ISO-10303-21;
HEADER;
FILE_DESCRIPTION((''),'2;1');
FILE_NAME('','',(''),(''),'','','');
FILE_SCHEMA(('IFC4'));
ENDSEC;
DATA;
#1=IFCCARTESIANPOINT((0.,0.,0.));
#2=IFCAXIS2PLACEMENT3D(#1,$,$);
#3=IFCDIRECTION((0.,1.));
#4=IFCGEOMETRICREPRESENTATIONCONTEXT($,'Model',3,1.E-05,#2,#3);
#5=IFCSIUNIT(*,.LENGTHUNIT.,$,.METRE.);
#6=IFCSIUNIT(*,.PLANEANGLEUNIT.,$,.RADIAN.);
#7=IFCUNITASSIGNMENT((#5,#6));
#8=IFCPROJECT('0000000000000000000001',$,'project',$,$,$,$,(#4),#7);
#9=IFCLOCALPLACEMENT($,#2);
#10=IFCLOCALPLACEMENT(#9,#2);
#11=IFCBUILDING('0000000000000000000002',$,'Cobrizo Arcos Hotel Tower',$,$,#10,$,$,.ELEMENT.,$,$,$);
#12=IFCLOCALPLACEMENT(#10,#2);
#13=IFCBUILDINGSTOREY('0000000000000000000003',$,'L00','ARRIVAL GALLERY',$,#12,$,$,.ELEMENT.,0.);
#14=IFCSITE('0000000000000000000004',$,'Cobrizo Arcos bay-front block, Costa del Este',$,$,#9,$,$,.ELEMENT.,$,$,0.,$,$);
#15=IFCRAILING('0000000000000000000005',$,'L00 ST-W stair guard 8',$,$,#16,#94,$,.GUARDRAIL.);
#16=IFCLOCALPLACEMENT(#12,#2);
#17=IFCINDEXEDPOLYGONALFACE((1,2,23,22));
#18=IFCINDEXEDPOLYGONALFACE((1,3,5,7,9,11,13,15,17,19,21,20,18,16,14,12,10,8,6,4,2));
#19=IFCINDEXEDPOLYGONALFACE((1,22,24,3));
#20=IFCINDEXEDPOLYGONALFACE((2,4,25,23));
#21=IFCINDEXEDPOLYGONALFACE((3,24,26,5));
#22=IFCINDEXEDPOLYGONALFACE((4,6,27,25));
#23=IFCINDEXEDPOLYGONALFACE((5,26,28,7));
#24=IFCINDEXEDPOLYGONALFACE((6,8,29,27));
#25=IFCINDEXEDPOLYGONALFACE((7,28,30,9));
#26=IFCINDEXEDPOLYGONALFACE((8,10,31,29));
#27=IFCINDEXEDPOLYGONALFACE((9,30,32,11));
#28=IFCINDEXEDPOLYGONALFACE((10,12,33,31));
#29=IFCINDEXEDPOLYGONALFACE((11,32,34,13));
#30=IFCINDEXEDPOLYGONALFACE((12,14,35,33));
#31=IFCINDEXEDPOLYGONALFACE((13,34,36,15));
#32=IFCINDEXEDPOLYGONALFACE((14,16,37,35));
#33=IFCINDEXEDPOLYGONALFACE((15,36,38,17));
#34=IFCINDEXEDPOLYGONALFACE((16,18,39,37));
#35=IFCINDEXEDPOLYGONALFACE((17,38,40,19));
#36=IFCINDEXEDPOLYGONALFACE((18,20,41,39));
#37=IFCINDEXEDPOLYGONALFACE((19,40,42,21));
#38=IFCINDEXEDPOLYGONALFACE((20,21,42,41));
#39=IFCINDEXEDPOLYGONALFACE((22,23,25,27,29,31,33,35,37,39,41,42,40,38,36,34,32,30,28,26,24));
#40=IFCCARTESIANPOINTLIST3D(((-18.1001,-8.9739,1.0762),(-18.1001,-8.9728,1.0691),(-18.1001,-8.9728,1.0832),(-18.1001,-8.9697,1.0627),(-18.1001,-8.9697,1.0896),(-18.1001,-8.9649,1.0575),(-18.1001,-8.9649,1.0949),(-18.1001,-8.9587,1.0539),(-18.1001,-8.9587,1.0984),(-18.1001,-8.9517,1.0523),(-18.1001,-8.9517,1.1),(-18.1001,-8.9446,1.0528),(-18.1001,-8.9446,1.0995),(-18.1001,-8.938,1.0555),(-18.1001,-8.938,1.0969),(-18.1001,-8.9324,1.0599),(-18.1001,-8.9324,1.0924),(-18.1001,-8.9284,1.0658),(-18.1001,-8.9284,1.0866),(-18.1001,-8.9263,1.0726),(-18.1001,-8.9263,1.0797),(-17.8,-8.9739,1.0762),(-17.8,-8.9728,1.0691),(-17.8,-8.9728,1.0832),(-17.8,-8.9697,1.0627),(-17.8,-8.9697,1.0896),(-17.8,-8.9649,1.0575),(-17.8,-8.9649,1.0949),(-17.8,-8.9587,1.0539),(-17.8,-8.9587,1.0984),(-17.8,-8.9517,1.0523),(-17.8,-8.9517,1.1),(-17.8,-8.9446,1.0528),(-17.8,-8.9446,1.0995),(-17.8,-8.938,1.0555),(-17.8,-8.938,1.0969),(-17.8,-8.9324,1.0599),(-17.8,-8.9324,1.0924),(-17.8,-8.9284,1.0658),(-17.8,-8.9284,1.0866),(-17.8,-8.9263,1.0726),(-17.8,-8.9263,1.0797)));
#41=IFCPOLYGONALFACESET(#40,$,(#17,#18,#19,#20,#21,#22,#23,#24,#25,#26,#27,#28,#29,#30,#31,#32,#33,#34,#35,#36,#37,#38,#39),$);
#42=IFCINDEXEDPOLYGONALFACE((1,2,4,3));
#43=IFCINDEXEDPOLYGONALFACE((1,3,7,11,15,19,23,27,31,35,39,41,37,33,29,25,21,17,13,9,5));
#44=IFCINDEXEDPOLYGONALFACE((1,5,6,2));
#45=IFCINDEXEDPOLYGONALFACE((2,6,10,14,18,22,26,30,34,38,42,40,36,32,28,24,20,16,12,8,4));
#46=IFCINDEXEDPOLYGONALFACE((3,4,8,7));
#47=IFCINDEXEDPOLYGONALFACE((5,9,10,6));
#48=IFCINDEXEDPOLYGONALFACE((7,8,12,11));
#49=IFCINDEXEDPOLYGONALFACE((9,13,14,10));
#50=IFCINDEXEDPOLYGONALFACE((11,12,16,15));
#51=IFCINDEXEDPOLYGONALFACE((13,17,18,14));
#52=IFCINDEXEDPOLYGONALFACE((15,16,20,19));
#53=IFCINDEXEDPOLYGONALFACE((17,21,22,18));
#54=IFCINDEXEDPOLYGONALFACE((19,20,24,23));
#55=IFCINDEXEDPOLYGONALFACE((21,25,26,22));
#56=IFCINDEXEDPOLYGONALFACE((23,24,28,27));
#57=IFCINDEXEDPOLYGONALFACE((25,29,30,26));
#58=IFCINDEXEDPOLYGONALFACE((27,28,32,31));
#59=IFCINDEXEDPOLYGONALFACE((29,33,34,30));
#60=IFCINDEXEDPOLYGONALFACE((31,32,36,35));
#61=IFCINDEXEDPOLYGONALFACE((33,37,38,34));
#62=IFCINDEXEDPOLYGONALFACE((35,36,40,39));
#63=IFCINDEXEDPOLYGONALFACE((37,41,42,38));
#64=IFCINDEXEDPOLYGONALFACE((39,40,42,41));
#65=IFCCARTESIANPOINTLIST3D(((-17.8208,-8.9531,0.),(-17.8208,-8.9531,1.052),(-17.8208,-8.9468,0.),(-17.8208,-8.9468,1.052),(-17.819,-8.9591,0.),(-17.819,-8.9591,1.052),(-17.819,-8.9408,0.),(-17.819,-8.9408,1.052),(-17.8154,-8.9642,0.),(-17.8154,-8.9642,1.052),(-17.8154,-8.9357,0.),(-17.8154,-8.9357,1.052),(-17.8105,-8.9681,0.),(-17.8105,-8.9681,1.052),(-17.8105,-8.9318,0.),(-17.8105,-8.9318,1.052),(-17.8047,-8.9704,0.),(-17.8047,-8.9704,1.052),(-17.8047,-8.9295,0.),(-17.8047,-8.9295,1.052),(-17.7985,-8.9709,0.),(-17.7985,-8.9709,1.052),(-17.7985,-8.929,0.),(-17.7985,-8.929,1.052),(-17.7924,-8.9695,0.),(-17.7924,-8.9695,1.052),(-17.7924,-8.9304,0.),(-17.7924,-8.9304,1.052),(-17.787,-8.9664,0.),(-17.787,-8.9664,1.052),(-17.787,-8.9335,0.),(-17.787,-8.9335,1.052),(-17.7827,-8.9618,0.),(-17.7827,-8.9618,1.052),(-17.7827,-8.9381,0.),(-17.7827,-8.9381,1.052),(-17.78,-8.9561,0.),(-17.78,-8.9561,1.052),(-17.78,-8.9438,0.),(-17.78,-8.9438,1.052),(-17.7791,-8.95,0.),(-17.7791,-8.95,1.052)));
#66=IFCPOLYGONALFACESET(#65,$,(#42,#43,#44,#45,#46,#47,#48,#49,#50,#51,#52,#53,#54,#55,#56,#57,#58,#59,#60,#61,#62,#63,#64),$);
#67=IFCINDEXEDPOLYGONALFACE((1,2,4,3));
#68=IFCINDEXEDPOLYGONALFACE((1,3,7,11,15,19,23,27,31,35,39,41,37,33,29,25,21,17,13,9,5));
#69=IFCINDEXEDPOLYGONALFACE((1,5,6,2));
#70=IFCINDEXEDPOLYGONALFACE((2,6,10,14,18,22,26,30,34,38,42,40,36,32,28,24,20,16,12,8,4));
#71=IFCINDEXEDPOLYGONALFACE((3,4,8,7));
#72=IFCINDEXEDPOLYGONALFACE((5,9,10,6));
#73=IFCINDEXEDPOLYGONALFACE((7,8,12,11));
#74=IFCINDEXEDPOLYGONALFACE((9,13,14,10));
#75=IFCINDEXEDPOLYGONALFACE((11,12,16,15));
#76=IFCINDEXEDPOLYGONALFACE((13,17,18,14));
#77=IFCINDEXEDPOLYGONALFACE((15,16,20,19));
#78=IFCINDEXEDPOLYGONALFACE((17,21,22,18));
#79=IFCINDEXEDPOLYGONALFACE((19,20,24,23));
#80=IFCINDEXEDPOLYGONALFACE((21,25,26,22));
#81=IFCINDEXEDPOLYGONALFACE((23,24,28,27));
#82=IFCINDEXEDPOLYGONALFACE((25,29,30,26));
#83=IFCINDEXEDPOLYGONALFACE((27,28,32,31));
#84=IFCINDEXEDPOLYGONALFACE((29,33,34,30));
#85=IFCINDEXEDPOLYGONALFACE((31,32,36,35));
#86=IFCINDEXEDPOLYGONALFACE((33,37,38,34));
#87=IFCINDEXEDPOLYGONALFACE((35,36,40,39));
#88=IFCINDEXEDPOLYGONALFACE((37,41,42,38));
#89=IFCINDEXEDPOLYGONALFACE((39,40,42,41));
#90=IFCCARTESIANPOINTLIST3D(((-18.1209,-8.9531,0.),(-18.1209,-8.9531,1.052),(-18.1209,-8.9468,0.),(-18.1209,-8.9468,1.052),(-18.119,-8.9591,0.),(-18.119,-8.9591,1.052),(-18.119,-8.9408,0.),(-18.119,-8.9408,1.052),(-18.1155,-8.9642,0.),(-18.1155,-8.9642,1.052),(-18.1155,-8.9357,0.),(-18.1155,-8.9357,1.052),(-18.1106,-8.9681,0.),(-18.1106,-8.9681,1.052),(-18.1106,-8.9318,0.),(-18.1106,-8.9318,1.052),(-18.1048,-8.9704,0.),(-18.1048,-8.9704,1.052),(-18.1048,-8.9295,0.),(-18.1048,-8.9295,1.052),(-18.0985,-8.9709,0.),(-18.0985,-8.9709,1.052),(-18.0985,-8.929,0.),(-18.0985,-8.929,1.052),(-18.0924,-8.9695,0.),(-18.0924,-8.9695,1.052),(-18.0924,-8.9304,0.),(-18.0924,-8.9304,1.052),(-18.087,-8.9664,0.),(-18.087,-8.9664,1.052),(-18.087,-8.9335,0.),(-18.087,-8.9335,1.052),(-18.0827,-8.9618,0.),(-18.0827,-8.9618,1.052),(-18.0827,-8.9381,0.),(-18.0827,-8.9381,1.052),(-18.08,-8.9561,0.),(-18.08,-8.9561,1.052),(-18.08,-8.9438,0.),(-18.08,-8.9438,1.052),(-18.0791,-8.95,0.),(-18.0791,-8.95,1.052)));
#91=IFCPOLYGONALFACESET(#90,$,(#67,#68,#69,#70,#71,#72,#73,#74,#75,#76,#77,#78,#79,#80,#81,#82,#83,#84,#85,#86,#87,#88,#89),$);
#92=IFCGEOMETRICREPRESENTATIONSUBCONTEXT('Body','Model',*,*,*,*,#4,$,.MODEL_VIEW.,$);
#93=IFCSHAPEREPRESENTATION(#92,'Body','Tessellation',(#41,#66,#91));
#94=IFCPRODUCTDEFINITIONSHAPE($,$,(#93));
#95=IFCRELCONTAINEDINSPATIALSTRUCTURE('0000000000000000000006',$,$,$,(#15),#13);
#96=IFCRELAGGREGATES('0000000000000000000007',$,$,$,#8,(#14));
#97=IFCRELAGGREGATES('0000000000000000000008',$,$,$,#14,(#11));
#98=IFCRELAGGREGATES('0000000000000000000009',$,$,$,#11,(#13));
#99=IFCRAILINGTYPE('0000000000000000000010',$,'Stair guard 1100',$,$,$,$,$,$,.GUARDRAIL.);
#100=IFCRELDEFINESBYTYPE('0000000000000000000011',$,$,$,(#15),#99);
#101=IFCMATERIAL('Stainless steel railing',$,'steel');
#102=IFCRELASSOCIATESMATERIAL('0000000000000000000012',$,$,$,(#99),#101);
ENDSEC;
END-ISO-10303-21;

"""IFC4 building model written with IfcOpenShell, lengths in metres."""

from ifc_helpers import new_model, si_unit, direction, frame, origin, origin_2d, place, context, subcontext, project, spatial, circle, extrude, material, type_object, element, save


model = new_model("IFC4")

# Units and contexts
model_context = context("Model", 3, precision=1e-05, world=origin(), true_north=direction((0.0, 1.0)))
body_context = subcontext(model_context, "Body", "Model", "MODEL_VIEW")
ifc_project = project(units=[si_unit("LENGTHUNIT", "METRE"), si_unit("PLANEANGLEUNIT", "RADIAN")], contexts=[model_context])

# Site, building, storey
site_placement = place(None, origin())
site = spatial("IfcSite", under=ifc_project, at=site_placement, Name="Cobrizo Arcos bay-front block, Costa del Este", CompositionType="ELEMENT", RefElevation=0.0)
building_placement = place(site_placement, origin())
building = spatial("IfcBuilding", under=site, at=building_placement, Name="Cobrizo Arcos Hotel Tower", CompositionType="ELEMENT")
storey_placement = place(building_placement, origin())
storey = spatial("IfcBuildingStorey", under=building, at=storey_placement, Name="L00", Description="ARRIVAL GALLERY", CompositionType="ELEMENT", Elevation=0.0)

# Railing
ifc_material_1 = material(Name="Stainless steel railing", Category="steel")
railing_type_1 = type_object("IfcRailingType", Name="Stair guard 1100", PredefinedType="GUARDRAIL", material=ifc_material_1)
railing_1_placement = place(storey_placement, frame((-17.8, -8.95, 0.0)))
element("IfcRailing", 1, at=railing_1_placement, inside=storey, type_object=railing_type_1, Name="L00 ST-W stair guard 8", PredefinedType="GUARDRAIL", context=body_context, shape_type="SweptSolid", body=[
    extrude(circle(Radius=0.0239, at=origin_2d()), frame((0.0, 0.0, 1.0762), z_axis=(-1.0, 0.0, 0.0), x_axis=(0.0, -1.0, 0.0)), (0.0, 0.0, 1.0), 0.3),
    extrude(circle(Radius=0.021, at=origin_2d()), origin(), (0.0, 0.0, 1.0), 1.052),
    extrude(circle(Radius=0.021, at=origin_2d()), frame((-0.3, 0.0, 0.0)), (0.0, 0.0, 1.0), 1.052),
])

save(model, "model.ifc")
